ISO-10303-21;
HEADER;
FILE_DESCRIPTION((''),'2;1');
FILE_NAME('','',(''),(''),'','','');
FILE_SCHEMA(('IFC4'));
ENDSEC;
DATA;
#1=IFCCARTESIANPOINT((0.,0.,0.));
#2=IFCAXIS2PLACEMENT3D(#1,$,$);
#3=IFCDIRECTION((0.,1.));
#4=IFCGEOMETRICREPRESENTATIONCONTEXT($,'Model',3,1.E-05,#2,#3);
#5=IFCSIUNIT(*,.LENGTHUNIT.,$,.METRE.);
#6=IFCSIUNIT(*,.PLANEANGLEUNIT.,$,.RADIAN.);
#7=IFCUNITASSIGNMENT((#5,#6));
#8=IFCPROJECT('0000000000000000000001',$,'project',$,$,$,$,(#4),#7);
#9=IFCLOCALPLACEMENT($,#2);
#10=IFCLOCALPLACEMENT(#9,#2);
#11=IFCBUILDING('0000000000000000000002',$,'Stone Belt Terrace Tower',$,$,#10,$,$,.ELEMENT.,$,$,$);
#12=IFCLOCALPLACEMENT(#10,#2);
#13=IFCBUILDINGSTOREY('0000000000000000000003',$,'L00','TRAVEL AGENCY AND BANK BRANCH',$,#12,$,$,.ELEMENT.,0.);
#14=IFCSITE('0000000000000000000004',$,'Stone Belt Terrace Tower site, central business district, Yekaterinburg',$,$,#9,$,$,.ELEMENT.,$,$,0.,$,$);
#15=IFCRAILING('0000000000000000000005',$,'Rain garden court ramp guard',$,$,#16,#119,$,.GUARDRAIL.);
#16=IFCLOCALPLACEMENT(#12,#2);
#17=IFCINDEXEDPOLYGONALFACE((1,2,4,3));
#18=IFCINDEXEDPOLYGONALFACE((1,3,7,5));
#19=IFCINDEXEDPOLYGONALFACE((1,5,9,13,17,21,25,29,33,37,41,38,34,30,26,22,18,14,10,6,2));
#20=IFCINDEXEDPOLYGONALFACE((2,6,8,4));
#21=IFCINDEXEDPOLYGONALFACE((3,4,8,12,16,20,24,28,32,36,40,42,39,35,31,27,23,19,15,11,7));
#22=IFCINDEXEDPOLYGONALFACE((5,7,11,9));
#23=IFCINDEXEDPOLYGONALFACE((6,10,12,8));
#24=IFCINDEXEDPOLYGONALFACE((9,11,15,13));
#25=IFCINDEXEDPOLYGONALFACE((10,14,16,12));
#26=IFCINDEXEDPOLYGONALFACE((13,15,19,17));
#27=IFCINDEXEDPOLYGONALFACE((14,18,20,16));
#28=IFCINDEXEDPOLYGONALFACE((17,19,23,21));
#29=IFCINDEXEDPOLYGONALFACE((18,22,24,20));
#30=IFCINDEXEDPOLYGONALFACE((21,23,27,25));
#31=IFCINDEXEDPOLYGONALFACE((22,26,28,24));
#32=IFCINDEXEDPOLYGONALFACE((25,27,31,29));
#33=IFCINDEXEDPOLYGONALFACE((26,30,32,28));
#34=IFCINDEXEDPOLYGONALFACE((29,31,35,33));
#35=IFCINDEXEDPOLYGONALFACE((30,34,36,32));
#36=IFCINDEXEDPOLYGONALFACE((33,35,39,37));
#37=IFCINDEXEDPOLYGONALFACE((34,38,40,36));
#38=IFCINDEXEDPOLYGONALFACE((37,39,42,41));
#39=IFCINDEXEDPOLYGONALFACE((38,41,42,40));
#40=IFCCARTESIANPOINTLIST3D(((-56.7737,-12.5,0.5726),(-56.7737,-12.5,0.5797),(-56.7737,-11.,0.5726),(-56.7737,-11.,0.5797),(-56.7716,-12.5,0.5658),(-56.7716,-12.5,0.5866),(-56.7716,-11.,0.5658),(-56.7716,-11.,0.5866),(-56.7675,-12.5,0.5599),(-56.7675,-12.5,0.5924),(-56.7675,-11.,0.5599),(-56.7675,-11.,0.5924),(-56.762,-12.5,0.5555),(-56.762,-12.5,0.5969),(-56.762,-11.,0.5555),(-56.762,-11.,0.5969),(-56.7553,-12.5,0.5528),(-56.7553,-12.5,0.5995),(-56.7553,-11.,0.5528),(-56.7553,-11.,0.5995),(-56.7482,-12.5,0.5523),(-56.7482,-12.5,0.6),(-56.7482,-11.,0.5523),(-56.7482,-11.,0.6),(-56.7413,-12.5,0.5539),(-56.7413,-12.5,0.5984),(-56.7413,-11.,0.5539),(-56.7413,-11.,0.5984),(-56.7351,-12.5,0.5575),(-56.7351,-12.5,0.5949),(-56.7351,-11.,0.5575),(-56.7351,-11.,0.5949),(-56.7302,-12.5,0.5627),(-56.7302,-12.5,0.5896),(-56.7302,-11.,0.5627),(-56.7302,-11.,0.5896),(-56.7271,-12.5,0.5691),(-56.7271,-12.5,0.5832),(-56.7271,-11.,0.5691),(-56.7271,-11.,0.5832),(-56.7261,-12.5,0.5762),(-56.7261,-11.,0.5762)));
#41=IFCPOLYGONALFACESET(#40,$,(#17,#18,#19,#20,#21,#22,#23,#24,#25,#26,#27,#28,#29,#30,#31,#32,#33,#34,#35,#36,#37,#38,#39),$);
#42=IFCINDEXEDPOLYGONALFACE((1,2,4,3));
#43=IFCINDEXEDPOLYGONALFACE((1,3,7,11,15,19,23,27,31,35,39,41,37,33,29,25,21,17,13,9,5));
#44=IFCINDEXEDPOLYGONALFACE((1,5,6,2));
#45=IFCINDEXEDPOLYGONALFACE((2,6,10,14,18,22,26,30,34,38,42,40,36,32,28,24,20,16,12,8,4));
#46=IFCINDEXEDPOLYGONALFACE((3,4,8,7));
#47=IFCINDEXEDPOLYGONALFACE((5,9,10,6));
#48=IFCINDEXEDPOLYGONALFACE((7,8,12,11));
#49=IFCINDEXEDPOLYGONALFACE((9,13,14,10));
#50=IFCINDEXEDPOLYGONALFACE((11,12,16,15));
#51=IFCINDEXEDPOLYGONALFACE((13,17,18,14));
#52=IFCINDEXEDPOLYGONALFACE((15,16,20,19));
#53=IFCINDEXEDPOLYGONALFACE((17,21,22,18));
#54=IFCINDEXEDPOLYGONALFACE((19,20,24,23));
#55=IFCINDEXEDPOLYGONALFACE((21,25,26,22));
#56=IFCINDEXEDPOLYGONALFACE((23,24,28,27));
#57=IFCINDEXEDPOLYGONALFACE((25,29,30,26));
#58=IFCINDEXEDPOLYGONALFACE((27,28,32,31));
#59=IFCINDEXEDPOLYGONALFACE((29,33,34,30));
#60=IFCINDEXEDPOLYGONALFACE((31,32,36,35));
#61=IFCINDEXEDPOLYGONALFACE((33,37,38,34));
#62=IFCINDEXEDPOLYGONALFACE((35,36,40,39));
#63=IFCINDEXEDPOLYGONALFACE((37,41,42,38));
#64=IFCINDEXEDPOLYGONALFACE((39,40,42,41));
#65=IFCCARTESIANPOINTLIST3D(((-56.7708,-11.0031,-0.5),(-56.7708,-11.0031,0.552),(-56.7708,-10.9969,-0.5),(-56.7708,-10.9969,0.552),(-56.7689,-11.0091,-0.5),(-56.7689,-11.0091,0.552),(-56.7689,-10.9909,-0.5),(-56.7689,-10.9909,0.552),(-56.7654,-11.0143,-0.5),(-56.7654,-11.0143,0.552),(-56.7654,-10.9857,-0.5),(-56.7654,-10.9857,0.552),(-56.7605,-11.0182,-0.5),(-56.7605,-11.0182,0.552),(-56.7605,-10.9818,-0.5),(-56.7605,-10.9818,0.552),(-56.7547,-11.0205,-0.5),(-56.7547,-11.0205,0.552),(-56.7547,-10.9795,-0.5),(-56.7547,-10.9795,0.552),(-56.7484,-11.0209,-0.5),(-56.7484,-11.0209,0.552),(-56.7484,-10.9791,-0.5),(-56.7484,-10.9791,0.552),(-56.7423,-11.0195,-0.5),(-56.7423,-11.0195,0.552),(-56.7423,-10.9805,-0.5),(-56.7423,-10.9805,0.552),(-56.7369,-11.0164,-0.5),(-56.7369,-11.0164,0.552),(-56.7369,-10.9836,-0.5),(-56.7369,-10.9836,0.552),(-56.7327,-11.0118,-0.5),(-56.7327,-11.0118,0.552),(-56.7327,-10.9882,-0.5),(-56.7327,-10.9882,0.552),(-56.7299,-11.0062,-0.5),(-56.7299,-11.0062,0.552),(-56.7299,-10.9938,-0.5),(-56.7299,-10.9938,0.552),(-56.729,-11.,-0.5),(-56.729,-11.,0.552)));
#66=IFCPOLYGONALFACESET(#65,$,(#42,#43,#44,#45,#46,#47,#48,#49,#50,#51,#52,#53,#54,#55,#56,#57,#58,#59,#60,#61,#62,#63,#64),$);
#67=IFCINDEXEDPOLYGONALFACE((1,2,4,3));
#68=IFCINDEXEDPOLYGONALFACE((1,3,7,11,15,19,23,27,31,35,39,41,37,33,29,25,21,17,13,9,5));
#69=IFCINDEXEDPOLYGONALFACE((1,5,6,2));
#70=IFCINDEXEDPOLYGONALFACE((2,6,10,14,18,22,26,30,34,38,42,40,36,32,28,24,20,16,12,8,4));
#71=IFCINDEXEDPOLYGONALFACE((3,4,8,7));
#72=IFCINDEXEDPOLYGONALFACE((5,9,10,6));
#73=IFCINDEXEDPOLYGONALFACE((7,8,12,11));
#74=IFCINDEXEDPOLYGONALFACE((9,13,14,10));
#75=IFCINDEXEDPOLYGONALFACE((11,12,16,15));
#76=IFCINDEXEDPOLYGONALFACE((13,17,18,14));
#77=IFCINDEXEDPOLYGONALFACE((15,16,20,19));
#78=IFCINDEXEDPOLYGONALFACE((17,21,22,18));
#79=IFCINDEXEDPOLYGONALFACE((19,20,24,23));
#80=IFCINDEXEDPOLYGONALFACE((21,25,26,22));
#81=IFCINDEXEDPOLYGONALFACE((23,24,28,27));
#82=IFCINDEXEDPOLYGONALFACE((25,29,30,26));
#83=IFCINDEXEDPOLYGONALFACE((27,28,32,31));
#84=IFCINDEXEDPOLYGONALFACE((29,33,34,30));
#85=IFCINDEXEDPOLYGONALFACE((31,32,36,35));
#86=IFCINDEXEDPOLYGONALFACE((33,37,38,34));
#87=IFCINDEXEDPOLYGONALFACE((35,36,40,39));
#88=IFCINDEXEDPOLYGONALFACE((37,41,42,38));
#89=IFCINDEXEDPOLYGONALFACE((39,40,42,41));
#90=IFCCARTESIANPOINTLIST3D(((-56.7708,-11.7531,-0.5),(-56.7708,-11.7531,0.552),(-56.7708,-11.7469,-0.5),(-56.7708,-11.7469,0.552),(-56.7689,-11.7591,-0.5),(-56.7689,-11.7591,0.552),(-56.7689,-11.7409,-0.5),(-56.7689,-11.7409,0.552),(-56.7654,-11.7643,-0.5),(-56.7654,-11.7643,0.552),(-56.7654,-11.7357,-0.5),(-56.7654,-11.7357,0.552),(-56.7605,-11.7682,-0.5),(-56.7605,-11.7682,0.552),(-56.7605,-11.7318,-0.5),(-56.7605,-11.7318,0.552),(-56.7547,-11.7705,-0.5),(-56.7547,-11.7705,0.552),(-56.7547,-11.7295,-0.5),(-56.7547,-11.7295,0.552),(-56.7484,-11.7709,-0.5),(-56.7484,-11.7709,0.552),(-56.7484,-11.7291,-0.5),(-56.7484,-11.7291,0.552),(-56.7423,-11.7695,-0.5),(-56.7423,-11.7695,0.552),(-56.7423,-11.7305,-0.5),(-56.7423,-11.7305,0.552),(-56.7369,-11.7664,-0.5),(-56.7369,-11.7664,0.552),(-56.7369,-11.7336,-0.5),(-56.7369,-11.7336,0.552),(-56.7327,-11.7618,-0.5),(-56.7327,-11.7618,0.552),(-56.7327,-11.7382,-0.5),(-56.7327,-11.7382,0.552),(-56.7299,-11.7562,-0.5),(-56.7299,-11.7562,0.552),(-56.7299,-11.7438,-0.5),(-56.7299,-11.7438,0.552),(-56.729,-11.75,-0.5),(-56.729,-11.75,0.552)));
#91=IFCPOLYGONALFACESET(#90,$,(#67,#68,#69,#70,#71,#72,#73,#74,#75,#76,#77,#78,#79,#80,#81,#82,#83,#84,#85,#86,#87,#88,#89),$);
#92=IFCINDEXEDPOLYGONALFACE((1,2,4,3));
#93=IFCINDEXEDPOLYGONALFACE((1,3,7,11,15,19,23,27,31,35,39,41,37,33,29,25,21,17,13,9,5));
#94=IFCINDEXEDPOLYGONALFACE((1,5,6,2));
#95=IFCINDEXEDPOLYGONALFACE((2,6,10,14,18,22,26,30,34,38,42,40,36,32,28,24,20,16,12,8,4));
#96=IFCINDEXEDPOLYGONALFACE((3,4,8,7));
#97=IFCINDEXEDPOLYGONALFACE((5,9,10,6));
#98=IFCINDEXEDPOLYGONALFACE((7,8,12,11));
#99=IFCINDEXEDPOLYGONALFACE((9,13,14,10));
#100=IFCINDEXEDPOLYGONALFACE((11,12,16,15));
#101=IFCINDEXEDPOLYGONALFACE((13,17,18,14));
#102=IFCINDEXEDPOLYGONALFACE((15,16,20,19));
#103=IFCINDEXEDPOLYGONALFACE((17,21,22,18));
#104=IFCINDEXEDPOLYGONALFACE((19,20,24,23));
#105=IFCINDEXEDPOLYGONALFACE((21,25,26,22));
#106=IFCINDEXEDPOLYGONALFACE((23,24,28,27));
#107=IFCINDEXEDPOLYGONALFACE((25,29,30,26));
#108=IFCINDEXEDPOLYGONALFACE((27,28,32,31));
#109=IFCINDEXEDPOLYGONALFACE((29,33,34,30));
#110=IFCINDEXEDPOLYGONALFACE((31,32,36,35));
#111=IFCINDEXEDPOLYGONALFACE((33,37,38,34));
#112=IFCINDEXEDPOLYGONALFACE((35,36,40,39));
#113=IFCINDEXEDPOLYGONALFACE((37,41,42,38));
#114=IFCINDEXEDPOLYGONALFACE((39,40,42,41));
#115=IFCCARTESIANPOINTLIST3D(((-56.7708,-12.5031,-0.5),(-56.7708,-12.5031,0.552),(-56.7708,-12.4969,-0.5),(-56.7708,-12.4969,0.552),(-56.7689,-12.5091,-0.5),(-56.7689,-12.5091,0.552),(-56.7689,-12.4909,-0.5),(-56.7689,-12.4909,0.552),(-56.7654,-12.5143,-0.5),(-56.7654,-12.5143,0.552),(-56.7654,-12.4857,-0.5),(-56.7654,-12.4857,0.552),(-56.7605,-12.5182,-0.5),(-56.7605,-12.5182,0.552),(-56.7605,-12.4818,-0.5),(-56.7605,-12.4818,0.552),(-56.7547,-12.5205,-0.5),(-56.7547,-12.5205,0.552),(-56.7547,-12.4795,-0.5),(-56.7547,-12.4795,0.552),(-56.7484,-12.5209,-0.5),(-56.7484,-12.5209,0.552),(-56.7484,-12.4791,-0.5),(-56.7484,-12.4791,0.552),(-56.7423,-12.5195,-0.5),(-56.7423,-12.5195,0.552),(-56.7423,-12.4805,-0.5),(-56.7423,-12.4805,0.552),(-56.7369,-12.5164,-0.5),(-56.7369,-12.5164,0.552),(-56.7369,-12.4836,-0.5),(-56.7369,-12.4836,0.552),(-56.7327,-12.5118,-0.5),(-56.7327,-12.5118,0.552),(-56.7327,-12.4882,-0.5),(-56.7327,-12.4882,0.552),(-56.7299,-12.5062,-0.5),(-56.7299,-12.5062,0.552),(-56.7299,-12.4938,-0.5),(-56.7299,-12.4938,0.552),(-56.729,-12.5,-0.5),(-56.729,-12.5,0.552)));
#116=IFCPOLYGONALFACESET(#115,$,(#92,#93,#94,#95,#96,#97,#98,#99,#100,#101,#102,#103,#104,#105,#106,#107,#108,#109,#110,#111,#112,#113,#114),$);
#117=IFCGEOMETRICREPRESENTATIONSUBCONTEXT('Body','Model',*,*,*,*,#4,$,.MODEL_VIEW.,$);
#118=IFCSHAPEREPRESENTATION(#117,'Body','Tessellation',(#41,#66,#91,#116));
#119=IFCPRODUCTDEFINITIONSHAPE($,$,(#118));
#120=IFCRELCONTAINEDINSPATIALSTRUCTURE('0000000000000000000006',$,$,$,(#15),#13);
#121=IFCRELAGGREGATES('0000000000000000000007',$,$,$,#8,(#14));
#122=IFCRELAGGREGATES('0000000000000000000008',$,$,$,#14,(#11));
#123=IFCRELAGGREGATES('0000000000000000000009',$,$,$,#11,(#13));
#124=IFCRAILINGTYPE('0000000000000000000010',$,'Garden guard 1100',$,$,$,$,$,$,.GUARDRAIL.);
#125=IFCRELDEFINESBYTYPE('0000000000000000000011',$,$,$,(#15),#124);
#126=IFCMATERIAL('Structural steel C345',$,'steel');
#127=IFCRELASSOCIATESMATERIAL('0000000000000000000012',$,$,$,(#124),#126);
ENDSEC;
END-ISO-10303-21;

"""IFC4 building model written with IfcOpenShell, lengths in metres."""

from ifc_helpers import new_model, si_unit, direction, frame, origin, origin_2d, place, context, subcontext, project, spatial, circle, extrude, material, type_object, element, save


model = new_model("IFC4")

# Units and contexts
model_context = context("Model", 3, precision=1e-05, world=origin(), true_north=direction((0.0, 1.0)))
body_context = subcontext(model_context, "Body", "Model", "MODEL_VIEW")
ifc_project = project(units=[si_unit("LENGTHUNIT", "METRE"), si_unit("PLANEANGLEUNIT", "RADIAN")], contexts=[model_context])

# Site, building, storey
site_placement = place(None, origin())
site = spatial("IfcSite", under=ifc_project, at=site_placement, Name="Stone Belt Terrace Tower site, central business district, Yekaterinburg", CompositionType="ELEMENT", RefElevation=0.0)
building_placement = place(site_placement, origin())
building = spatial("IfcBuilding", under=site, at=building_placement, Name="Stone Belt Terrace Tower", CompositionType="ELEMENT")
storey_placement = place(building_placement, origin())
storey = spatial("IfcBuildingStorey", under=building, at=storey_placement, Name="L00", Description="TRAVEL AGENCY AND BANK BRANCH", CompositionType="ELEMENT", Elevation=0.0)

# Railing
ifc_material_1 = material(Name="Structural steel C345", Category="steel")
railing_type_1 = type_object("IfcRailingType", Name="Garden guard 1100", PredefinedType="GUARDRAIL", material=ifc_material_1)
railing_1_placement = place(storey_placement, frame((-56.75, -11.0, -0.5)))
element("IfcRailing", 1, at=railing_1_placement, inside=storey, type_object=railing_type_1, Name="Rain garden court ramp guard", PredefinedType="GUARDRAIL", context=body_context, shape_type="SweptSolid", body=[
    extrude(circle(Radius=0.0239, at=origin_2d()), frame((0.0, 0.0, 1.0762), z_axis=(0.0, -1.0, 0.0), x_axis=(1.0, 0.0, 0.0)), (0.0, 0.0, 1.0), 1.5),
    extrude(circle(Radius=0.021, at=origin_2d()), origin(), (0.0, 0.0, 1.0), 1.052),
    extrude(circle(Radius=0.021, at=origin_2d()), frame((0.0, -0.75, 0.0)), (0.0, 0.0, 1.0), 1.052),
    extrude(circle(Radius=0.021, at=origin_2d()), frame((0.0, -1.5, 0.0)), (0.0, 0.0, 1.0), 1.052),
])

save(model, "model.ifc")
